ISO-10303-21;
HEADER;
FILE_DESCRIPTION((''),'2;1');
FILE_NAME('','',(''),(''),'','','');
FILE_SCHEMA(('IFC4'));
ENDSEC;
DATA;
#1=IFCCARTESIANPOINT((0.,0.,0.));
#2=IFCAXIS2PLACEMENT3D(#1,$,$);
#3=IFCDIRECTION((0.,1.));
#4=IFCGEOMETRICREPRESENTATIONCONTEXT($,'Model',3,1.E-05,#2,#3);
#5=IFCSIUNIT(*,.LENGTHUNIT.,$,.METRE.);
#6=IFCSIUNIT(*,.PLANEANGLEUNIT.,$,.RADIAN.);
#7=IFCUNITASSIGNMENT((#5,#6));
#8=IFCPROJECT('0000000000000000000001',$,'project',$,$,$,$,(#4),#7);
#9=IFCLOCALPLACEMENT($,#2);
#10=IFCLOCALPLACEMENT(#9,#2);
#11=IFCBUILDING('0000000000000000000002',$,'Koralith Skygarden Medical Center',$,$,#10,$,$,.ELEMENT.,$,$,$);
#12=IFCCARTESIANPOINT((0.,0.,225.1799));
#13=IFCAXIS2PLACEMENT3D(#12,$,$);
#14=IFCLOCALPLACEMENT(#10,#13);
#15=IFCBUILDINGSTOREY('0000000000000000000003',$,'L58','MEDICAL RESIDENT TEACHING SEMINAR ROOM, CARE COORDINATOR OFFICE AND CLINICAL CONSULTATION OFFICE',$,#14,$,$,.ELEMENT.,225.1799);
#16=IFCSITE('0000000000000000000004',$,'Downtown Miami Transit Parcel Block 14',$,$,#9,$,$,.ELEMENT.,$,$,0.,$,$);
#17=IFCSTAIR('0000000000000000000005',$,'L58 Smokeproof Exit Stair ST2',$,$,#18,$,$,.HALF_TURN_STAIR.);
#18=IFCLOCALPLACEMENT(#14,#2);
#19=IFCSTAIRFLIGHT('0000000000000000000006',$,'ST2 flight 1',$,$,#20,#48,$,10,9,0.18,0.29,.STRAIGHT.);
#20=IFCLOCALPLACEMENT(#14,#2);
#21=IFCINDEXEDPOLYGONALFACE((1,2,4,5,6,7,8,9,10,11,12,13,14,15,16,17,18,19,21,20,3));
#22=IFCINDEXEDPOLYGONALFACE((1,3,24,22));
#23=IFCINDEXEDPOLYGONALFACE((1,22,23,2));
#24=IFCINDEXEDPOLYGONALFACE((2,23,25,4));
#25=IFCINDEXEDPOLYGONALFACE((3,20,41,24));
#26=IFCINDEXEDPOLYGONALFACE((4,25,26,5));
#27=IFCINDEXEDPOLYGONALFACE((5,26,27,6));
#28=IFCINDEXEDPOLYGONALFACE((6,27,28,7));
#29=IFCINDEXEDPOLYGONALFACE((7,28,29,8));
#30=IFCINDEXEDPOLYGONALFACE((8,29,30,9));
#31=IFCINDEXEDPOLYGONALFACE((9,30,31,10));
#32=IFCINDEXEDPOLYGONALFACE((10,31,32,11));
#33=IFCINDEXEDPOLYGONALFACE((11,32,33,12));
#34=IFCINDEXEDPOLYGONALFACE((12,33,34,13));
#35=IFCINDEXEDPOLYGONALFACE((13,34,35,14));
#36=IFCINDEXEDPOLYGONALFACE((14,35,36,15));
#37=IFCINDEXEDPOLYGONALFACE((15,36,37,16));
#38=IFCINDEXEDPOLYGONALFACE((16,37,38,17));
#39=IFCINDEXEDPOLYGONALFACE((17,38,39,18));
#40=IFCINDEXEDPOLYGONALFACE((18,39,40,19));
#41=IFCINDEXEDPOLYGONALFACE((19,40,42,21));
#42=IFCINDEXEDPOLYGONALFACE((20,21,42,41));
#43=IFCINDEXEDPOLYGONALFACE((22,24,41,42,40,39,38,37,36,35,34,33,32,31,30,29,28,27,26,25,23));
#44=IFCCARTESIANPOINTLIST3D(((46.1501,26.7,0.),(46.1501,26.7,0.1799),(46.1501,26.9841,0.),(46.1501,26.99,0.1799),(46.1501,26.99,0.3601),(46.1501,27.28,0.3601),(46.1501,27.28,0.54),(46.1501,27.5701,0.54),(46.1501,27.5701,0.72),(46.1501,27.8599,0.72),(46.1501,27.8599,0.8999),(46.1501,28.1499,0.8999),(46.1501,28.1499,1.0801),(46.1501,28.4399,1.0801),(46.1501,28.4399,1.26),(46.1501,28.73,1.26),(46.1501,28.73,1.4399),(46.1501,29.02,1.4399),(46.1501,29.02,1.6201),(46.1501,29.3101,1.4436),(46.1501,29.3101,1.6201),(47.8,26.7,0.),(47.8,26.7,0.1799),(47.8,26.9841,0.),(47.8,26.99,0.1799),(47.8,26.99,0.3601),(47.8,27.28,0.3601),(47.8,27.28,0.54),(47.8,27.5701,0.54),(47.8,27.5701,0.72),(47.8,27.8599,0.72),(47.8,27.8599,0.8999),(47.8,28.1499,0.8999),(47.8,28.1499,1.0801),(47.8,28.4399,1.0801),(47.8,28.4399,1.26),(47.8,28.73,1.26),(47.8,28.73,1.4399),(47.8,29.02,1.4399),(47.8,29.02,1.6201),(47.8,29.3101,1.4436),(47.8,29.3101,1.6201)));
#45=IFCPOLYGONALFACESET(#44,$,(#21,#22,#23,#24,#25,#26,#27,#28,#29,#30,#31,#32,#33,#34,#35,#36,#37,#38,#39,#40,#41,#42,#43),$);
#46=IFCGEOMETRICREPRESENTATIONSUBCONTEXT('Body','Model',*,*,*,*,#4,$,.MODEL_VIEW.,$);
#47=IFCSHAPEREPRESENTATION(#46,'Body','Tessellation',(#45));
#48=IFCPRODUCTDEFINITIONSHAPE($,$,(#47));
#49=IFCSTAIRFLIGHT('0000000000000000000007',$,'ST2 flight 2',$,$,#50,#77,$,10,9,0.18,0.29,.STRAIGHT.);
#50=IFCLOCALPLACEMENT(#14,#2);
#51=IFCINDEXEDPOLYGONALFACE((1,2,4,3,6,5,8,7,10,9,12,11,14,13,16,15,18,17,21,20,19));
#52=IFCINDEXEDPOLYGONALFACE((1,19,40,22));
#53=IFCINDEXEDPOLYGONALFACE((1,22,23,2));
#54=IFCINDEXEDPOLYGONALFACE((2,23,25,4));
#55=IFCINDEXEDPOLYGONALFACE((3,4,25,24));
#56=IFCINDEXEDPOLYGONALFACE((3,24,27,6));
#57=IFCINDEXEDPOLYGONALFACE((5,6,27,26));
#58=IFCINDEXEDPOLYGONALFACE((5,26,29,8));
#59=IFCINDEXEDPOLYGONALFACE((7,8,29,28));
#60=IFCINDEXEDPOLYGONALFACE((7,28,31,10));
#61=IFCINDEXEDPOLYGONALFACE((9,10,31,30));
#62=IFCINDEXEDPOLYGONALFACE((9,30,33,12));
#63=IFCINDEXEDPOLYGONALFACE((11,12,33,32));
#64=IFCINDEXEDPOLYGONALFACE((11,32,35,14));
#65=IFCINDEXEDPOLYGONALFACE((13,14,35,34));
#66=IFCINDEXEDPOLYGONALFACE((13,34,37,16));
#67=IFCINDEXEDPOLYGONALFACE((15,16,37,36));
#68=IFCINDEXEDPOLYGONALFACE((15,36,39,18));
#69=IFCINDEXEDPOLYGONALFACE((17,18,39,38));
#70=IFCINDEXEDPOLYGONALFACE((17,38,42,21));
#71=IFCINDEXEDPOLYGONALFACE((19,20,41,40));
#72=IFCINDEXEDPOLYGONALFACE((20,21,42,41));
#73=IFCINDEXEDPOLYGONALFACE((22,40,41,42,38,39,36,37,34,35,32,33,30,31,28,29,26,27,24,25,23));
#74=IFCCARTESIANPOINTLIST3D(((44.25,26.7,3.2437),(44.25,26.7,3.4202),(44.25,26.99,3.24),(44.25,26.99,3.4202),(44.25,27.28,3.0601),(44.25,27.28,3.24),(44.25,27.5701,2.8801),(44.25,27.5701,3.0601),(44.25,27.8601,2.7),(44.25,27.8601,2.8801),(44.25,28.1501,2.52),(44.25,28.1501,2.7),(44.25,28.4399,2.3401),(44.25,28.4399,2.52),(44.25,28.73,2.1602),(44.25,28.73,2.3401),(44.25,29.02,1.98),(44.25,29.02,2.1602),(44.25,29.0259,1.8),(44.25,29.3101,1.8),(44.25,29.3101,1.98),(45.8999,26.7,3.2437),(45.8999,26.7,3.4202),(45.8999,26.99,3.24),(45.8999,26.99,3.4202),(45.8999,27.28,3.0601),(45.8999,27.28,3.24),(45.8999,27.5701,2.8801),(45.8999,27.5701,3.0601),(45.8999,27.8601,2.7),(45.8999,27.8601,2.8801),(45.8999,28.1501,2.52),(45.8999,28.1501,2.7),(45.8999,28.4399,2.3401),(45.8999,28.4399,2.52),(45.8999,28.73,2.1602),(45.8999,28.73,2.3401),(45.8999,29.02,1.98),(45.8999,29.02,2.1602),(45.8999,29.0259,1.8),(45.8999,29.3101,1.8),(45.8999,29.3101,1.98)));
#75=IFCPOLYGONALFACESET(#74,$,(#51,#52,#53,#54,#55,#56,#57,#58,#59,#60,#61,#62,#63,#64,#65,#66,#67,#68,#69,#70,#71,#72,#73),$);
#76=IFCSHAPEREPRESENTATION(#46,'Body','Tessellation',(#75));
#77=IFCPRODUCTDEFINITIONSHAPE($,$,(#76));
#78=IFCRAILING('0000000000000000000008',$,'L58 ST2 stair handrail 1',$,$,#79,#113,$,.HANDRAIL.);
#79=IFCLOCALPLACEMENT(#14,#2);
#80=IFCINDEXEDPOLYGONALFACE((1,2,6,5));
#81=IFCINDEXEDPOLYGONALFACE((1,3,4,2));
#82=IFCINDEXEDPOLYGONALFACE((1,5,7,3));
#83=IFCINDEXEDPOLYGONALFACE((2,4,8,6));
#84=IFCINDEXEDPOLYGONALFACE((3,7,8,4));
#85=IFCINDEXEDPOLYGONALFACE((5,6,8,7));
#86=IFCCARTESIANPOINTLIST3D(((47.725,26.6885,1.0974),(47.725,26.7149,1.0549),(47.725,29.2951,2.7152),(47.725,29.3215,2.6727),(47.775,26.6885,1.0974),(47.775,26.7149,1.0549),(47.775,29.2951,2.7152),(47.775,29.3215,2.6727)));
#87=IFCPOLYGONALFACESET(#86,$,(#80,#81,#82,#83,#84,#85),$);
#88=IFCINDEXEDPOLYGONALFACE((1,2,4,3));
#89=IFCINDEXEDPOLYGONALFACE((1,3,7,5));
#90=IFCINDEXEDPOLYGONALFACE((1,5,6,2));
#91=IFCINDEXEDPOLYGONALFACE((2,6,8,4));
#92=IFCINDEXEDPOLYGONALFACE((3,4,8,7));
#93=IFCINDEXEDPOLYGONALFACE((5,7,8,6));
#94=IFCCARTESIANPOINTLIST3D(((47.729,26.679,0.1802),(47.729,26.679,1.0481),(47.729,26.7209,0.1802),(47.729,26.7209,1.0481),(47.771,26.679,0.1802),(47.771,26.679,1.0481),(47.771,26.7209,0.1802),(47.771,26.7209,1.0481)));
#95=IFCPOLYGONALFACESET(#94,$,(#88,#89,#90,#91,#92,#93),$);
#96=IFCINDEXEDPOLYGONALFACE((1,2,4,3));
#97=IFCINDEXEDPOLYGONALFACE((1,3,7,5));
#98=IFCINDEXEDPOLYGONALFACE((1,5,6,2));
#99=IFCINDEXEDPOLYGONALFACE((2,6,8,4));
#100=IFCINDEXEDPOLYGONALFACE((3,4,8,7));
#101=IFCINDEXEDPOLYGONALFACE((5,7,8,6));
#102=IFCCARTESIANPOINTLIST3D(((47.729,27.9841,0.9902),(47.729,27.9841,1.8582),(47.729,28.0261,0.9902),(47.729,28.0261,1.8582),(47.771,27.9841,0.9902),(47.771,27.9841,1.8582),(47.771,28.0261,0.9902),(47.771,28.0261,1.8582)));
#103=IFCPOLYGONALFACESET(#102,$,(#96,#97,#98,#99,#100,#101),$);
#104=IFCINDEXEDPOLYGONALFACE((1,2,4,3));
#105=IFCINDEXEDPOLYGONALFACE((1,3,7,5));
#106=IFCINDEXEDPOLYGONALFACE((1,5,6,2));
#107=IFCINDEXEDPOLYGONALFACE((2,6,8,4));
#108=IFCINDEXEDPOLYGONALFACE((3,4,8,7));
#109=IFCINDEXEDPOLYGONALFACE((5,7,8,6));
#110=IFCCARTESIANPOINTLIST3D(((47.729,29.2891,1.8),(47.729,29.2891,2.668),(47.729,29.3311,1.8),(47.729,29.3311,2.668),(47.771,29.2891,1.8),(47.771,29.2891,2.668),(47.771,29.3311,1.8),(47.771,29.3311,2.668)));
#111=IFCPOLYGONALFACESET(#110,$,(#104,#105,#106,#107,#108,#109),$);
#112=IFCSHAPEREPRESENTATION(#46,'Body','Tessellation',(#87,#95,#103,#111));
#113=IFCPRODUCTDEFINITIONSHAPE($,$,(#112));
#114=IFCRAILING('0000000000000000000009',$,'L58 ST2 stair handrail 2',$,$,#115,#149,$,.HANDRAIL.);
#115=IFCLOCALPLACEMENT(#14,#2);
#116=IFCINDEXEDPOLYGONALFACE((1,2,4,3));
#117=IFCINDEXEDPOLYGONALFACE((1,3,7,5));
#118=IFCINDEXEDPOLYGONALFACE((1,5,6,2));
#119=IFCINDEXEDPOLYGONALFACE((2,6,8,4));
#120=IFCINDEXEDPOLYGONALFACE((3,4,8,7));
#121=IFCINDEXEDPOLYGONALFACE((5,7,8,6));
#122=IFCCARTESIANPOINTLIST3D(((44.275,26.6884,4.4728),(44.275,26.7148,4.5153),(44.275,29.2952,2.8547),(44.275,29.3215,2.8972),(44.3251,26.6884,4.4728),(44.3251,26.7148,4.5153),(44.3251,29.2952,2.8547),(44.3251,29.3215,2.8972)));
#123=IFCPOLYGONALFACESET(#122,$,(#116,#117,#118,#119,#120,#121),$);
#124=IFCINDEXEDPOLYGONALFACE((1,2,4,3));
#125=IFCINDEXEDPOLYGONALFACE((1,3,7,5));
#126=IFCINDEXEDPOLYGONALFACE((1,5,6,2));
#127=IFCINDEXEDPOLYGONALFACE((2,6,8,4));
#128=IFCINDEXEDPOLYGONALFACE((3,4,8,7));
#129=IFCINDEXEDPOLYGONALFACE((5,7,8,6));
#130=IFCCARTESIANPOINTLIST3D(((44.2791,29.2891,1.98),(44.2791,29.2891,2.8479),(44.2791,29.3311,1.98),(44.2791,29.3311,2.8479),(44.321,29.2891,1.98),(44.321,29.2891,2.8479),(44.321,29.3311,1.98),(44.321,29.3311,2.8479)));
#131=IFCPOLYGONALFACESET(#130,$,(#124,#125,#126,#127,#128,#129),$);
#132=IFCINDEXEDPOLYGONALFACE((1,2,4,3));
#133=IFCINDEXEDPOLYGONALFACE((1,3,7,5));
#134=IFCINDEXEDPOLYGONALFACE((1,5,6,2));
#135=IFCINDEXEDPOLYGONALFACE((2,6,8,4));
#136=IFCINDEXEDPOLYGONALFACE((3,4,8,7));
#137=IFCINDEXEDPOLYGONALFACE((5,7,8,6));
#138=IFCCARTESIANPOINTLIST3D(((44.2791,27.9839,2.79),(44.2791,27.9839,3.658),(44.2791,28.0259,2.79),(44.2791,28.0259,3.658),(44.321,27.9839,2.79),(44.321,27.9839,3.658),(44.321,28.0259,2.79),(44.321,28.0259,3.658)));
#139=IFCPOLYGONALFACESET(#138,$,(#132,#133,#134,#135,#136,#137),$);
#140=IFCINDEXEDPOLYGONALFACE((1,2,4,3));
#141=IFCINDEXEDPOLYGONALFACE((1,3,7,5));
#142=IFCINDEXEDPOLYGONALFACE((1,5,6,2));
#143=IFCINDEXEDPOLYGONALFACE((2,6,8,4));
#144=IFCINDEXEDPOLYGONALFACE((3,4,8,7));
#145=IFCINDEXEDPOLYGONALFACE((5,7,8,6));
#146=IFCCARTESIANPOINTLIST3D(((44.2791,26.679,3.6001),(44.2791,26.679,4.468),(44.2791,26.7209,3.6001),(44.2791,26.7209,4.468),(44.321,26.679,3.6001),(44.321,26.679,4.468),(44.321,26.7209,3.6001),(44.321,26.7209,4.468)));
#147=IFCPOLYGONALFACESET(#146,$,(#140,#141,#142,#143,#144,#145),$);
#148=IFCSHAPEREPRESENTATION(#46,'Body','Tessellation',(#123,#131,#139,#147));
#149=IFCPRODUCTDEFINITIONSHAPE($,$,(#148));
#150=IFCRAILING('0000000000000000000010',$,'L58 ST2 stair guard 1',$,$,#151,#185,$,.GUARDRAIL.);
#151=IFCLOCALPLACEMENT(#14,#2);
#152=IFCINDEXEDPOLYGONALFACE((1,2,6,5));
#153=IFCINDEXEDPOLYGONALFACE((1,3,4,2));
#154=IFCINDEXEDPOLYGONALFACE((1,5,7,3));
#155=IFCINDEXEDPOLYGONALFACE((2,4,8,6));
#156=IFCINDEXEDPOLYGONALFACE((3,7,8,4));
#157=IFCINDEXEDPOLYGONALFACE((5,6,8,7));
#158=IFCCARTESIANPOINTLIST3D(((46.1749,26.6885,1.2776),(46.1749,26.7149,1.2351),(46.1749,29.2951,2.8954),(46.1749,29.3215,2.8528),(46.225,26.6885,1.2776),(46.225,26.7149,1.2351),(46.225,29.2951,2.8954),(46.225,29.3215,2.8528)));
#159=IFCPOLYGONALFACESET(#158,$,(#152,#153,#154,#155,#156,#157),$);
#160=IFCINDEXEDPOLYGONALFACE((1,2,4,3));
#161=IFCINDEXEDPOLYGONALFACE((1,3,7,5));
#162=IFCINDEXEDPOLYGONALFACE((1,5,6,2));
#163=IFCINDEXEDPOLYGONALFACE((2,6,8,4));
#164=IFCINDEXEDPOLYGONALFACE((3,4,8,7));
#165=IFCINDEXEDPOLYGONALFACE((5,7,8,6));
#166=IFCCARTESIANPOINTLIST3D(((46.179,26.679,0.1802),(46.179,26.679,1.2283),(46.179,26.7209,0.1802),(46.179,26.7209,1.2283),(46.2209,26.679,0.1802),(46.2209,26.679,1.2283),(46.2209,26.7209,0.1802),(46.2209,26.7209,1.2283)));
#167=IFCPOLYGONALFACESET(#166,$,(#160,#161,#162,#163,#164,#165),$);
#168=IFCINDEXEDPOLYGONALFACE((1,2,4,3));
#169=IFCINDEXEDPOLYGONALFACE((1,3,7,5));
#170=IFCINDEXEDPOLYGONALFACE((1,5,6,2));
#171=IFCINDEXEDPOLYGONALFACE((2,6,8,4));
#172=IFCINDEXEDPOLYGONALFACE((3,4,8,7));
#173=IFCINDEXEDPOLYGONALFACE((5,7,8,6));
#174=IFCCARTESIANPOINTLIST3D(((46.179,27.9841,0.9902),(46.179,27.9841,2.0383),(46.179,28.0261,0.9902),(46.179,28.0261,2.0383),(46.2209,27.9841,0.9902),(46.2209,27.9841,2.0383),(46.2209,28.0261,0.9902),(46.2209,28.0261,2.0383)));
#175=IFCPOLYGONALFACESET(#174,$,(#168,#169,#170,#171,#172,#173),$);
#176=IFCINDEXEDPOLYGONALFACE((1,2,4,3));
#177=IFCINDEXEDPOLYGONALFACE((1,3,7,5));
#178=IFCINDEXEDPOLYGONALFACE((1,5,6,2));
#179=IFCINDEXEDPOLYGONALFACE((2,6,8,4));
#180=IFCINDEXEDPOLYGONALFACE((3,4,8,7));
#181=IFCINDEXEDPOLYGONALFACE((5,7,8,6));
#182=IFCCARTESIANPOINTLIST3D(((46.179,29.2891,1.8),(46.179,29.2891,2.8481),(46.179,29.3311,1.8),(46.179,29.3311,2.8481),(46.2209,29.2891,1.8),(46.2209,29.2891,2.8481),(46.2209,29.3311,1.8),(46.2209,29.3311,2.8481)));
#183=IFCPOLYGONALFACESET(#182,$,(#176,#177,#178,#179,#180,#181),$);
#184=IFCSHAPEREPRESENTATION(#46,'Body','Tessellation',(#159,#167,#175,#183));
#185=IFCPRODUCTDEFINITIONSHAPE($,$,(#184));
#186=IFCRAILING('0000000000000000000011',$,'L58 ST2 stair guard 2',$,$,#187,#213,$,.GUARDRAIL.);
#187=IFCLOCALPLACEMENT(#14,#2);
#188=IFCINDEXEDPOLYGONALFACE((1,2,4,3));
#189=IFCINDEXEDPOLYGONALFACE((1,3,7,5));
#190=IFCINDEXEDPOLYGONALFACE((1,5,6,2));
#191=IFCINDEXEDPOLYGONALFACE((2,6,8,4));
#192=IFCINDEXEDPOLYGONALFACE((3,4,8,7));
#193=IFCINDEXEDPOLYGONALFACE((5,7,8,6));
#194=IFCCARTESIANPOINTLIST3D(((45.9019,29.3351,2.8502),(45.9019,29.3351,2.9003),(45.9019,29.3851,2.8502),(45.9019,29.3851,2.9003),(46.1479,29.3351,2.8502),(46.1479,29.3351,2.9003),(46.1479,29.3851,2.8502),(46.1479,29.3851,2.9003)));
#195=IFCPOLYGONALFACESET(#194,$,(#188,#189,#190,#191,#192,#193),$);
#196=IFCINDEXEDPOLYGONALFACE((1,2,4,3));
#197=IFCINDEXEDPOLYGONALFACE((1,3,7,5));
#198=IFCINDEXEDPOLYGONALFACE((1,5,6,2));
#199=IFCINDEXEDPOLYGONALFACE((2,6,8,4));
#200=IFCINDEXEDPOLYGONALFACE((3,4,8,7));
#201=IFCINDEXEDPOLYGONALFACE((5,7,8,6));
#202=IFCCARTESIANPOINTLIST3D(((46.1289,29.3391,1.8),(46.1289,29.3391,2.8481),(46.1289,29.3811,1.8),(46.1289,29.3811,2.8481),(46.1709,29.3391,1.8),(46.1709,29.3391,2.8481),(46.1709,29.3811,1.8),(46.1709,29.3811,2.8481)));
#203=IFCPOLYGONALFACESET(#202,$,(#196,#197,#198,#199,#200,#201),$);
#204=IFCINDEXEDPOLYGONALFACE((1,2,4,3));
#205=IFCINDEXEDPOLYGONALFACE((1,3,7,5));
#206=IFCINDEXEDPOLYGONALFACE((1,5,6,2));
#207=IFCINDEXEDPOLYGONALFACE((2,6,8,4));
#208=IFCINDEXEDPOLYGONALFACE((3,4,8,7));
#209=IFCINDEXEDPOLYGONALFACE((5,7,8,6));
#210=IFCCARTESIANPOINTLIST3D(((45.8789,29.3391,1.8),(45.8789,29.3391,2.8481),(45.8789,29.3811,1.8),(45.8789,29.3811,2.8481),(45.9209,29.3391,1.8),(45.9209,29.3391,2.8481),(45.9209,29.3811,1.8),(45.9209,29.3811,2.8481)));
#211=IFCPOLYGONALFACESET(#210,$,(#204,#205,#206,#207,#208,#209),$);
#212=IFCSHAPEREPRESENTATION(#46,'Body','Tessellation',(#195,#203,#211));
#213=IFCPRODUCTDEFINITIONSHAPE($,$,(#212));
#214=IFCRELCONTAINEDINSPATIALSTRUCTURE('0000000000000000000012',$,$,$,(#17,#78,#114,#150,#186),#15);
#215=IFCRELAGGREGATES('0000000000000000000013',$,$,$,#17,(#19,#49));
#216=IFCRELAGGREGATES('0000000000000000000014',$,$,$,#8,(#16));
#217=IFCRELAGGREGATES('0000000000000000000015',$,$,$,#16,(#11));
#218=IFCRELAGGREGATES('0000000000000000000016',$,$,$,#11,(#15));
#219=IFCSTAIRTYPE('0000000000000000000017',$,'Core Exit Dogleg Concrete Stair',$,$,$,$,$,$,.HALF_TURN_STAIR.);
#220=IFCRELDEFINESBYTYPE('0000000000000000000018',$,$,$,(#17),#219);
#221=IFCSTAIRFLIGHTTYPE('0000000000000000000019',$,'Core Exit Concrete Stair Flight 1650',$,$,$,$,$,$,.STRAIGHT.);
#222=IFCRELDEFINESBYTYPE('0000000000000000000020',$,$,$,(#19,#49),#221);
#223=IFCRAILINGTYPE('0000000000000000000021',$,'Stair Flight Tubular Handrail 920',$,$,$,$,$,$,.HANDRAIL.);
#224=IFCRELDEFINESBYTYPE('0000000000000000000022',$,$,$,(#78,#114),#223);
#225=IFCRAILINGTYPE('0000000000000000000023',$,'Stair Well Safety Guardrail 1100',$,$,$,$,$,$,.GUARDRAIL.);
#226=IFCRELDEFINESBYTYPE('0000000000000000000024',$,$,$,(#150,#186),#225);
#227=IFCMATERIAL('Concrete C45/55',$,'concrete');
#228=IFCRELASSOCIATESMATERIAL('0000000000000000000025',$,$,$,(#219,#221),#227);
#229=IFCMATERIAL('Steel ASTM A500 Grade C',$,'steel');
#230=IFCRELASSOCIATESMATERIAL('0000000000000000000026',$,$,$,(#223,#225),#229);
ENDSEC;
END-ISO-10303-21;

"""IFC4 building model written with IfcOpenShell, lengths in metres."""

from ifc_helpers import new_model, si_unit, direction, frame, origin, origin_2d, place, context, subcontext, project, spatial, polyline, rectangle, outline, extrude, material, type_object, element, aggregate, save


model = new_model("IFC4")

# Units and contexts
model_context = context("Model", 3, precision=1e-05, world=origin(), true_north=direction((0.0, 1.0)))
body_context = subcontext(model_context, "Body", "Model", "MODEL_VIEW")
ifc_project = project(units=[si_unit("LENGTHUNIT", "METRE"), si_unit("PLANEANGLEUNIT", "RADIAN")], contexts=[model_context])

# Site, building, storey
site_placement = place(None, origin())
site = spatial("IfcSite", under=ifc_project, at=site_placement, Name="Downtown Miami Transit Parcel Block 14", CompositionType="ELEMENT", RefElevation=0.0)
building_placement = place(site_placement, origin())
building = spatial("IfcBuilding", under=site, at=building_placement, Name="Koralith Skygarden Medical Center", CompositionType="ELEMENT")
storey_placement = place(building_placement, frame((0.0, 0.0, 225.1799)))
storey = spatial("IfcBuildingStorey", under=building, at=storey_placement, Name="L58", Description="MEDICAL RESIDENT TEACHING SEMINAR ROOM, CARE COORDINATOR OFFICE AND CLINICAL CONSULTATION OFFICE", CompositionType="ELEMENT", Elevation=225.1799)

# Shared definitions
ifc_material_1 = material(Name="Concrete C45/55", Category="concrete")

# Shared definitions
ifc_material_2 = material(Name="Steel ASTM A500 Grade C", Category="steel")

# Stair, stair flights
stair_type = type_object("IfcStairType", Name="Core Exit Dogleg Concrete Stair", PredefinedType="HALF_TURN_STAIR", material=ifc_material_1)
stair_placement = place(storey_placement, origin())
stair = element("IfcStair", 1, at=stair_placement, inside=storey, type_object=stair_type, Name="L58 Smokeproof Exit Stair ST2", PredefinedType="HALF_TURN_STAIR")
stair_flight_type = type_object("IfcStairFlightType", Name="Core Exit Concrete Stair Flight 1650", PredefinedType="STRAIGHT", material=ifc_material_1)
stair_flight_1_placement = place(storey_placement, frame((46.9751, 26.7, 0.0), z_axis=(0.0, 0.0, 1.0), x_axis=(0.0, 1.0, 0.0)))
stair_flight_1 = element("IfcStairFlight", 2, at=stair_flight_1_placement, type_object=stair_flight_type, Name="ST2 flight 1", NumberOfRisers=10, NumberOfTreads=9, PredefinedType="STRAIGHT", RiserHeight=0.18, TreadLength=0.29, context=body_context, shape_type="SweptSolid", body=[
    extrude(outline(polyline([(0.0, 0.0), (0.0, 0.1799), (0.29, 0.1799), (0.29, 0.3601), (0.5801, 0.3601), (0.5801, 0.54), (0.8701, 0.54), (0.8701, 0.72), (1.1599, 0.72), (1.1599, 0.8999), (1.45, 0.8999), (1.45, 1.0801), (1.74, 1.0801), (1.74, 1.26), (2.03, 1.26), (2.03, 1.4399), (2.3201, 1.4399), (2.3201, 1.6201), (2.6101, 1.6201), (2.6101, 1.8), (2.6101, 1.4436), (0.2842, 0.0), (0.0, 0.0)])), frame((0.0, 0.825, 0.0), z_axis=(0.0, -1.0, 0.0), x_axis=(1.0, 0.0, 0.0)), (0.0, 0.0, 1.0), 1.6499),
])
stair_flight_2_placement = place(storey_placement, frame((45.075, 29.3101, 1.8), z_axis=(0.0, 0.0, 1.0), x_axis=(0.0, -1.0, 0.0)))
stair_flight_2 = element("IfcStairFlight", 3, at=stair_flight_2_placement, type_object=stair_flight_type, Name="ST2 flight 2", NumberOfRisers=10, NumberOfTreads=9, PredefinedType="STRAIGHT", RiserHeight=0.18, TreadLength=0.29, context=body_context, shape_type="SweptSolid", body=[
    extrude(outline(polyline([(0.0, 0.0), (0.0, 0.1799), (0.29, 0.1799), (0.29, 0.3601), (0.5801, 0.3601), (0.5801, 0.54), (0.8701, 0.54), (0.8701, 0.72), (1.1599, 0.72), (1.1599, 0.8999), (1.45, 0.8999), (1.45, 1.0801), (1.74, 1.0801), (1.74, 1.26), (2.03, 1.26), (2.03, 1.4399), (2.3201, 1.4399), (2.3201, 1.6201), (2.6101, 1.6201), (2.6101, 1.8), (2.6101, 1.4436), (0.2842, 0.0), (0.0, 0.0)])), frame((0.0, 0.825, 0.0), z_axis=(0.0, -1.0, 0.0), x_axis=(1.0, 0.0, 0.0)), (0.0, 0.0, 1.0), 1.6499),
])
aggregate(stair, [stair_flight_1, stair_flight_2])

# Railings
railing_type_1 = type_object("IfcRailingType", Name="Stair Flight Tubular Handrail 920", PredefinedType="HANDRAIL", material=ifc_material_2)
railing_1_placement = place(storey_placement, frame((47.75, 26.7, 0.1802)))
element("IfcRailing", 4, at=railing_1_placement, inside=storey, type_object=railing_type_1, Name="L58 ST2 stair handrail 1", PredefinedType="HANDRAIL", context=body_context, shape_type="SweptSolid", body=[
    extrude(rectangle(XDim=0.05, YDim=0.05, at=origin_2d()), frame((0.0, 0.0017, 0.896), z_axis=(0.0, 0.849668, 0.527317), x_axis=(-1.0, 0.0, 0.0)), (0.0, 0.0, 1.0), 3.0679),
    extrude(rectangle(XDim=0.042, YDim=0.042, at=origin_2d()), origin(), (0.0, 0.0, 1.0), 0.8679),
    extrude(rectangle(XDim=0.042, YDim=0.042, at=origin_2d()), frame((0.0, 1.3052, 0.8101)), (0.0, 0.0, 1.0), 0.8679),
    extrude(rectangle(XDim=0.042, YDim=0.042, at=origin_2d()), frame((0.0, 2.6101, 1.6199)), (0.0, 0.0, 1.0), 0.8679),
])
railing_2_placement = place(storey_placement, frame((44.3, 29.3101, 1.98)))
element("IfcRailing", 5, at=railing_2_placement, inside=storey, type_object=railing_type_1, Name="L58 ST2 stair handrail 2", PredefinedType="HANDRAIL", context=body_context, shape_type="SweptSolid", body=[
    extrude(rectangle(XDim=0.05, YDim=0.05, at=origin_2d()), frame((0.0, -0.0017, 0.896), z_axis=(0.0, -0.849633, 0.527375), x_axis=(1.0, 0.0, 0.0)), (0.0, 0.0, 1.0), 3.0681),
    extrude(rectangle(XDim=0.042, YDim=0.042, at=origin_2d()), origin(), (0.0, 0.0, 1.0), 0.8679),
    extrude(rectangle(XDim=0.042, YDim=0.042, at=origin_2d()), frame((0.0, -1.3052, 0.8101)), (0.0, 0.0, 1.0), 0.8679),
    extrude(rectangle(XDim=0.042, YDim=0.042, at=origin_2d()), frame((0.0, -2.6101, 1.6201)), (0.0, 0.0, 1.0), 0.8679),
])
railing_type_2 = type_object("IfcRailingType", Name="Stair Well Safety Guardrail 1100", PredefinedType="GUARDRAIL", material=ifc_material_2)
railing_3_placement = place(storey_placement, frame((46.2, 26.7, 0.1802)))
element("IfcRailing", 6, at=railing_3_placement, inside=storey, type_object=railing_type_2, Name="L58 ST2 stair guard 1", PredefinedType="GUARDRAIL", context=body_context, shape_type="SweptSolid", body=[
    extrude(rectangle(XDim=0.05, YDim=0.05, at=origin_2d()), frame((0.0, 0.0017, 1.0762), z_axis=(0.0, 0.849668, 0.527317), x_axis=(-1.0, 0.0, 0.0)), (0.0, 0.0, 1.0), 3.0679),
    extrude(rectangle(XDim=0.042, YDim=0.042, at=origin_2d()), origin(), (0.0, 0.0, 1.0), 1.0481),
    extrude(rectangle(XDim=0.042, YDim=0.042, at=origin_2d()), frame((0.0, 1.3052, 0.8101)), (0.0, 0.0, 1.0), 1.0481),
    extrude(rectangle(XDim=0.042, YDim=0.042, at=origin_2d()), frame((0.0, 2.6101, 1.6199)), (0.0, 0.0, 1.0), 1.0481),
])
railing_4_placement = place(storey_placement, frame((46.1499, 29.3601, 1.8)))
element("IfcRailing", 7, at=railing_4_placement, inside=storey, type_object=railing_type_2, Name="L58 ST2 stair guard 2", PredefinedType="GUARDRAIL", context=body_context, shape_type="SweptSolid", body=[
    extrude(rectangle(XDim=0.05, YDim=0.05, at=origin_2d()), frame((-0.002, 0.0, 1.0752), z_axis=(-1.0, 0.0, 0.0), x_axis=(0.0, -1.0, 0.0)), (0.0, 0.0, 1.0), 0.2461),
    extrude(rectangle(XDim=0.042, YDim=0.042, at=origin_2d()), origin(), (0.0, 0.0, 1.0), 1.0481),
    extrude(rectangle(XDim=0.042, YDim=0.042, at=origin_2d()), frame((-0.25, 0.0, 0.0)), (0.0, 0.0, 1.0), 1.0481),
])

save(model, "model.ifc")
